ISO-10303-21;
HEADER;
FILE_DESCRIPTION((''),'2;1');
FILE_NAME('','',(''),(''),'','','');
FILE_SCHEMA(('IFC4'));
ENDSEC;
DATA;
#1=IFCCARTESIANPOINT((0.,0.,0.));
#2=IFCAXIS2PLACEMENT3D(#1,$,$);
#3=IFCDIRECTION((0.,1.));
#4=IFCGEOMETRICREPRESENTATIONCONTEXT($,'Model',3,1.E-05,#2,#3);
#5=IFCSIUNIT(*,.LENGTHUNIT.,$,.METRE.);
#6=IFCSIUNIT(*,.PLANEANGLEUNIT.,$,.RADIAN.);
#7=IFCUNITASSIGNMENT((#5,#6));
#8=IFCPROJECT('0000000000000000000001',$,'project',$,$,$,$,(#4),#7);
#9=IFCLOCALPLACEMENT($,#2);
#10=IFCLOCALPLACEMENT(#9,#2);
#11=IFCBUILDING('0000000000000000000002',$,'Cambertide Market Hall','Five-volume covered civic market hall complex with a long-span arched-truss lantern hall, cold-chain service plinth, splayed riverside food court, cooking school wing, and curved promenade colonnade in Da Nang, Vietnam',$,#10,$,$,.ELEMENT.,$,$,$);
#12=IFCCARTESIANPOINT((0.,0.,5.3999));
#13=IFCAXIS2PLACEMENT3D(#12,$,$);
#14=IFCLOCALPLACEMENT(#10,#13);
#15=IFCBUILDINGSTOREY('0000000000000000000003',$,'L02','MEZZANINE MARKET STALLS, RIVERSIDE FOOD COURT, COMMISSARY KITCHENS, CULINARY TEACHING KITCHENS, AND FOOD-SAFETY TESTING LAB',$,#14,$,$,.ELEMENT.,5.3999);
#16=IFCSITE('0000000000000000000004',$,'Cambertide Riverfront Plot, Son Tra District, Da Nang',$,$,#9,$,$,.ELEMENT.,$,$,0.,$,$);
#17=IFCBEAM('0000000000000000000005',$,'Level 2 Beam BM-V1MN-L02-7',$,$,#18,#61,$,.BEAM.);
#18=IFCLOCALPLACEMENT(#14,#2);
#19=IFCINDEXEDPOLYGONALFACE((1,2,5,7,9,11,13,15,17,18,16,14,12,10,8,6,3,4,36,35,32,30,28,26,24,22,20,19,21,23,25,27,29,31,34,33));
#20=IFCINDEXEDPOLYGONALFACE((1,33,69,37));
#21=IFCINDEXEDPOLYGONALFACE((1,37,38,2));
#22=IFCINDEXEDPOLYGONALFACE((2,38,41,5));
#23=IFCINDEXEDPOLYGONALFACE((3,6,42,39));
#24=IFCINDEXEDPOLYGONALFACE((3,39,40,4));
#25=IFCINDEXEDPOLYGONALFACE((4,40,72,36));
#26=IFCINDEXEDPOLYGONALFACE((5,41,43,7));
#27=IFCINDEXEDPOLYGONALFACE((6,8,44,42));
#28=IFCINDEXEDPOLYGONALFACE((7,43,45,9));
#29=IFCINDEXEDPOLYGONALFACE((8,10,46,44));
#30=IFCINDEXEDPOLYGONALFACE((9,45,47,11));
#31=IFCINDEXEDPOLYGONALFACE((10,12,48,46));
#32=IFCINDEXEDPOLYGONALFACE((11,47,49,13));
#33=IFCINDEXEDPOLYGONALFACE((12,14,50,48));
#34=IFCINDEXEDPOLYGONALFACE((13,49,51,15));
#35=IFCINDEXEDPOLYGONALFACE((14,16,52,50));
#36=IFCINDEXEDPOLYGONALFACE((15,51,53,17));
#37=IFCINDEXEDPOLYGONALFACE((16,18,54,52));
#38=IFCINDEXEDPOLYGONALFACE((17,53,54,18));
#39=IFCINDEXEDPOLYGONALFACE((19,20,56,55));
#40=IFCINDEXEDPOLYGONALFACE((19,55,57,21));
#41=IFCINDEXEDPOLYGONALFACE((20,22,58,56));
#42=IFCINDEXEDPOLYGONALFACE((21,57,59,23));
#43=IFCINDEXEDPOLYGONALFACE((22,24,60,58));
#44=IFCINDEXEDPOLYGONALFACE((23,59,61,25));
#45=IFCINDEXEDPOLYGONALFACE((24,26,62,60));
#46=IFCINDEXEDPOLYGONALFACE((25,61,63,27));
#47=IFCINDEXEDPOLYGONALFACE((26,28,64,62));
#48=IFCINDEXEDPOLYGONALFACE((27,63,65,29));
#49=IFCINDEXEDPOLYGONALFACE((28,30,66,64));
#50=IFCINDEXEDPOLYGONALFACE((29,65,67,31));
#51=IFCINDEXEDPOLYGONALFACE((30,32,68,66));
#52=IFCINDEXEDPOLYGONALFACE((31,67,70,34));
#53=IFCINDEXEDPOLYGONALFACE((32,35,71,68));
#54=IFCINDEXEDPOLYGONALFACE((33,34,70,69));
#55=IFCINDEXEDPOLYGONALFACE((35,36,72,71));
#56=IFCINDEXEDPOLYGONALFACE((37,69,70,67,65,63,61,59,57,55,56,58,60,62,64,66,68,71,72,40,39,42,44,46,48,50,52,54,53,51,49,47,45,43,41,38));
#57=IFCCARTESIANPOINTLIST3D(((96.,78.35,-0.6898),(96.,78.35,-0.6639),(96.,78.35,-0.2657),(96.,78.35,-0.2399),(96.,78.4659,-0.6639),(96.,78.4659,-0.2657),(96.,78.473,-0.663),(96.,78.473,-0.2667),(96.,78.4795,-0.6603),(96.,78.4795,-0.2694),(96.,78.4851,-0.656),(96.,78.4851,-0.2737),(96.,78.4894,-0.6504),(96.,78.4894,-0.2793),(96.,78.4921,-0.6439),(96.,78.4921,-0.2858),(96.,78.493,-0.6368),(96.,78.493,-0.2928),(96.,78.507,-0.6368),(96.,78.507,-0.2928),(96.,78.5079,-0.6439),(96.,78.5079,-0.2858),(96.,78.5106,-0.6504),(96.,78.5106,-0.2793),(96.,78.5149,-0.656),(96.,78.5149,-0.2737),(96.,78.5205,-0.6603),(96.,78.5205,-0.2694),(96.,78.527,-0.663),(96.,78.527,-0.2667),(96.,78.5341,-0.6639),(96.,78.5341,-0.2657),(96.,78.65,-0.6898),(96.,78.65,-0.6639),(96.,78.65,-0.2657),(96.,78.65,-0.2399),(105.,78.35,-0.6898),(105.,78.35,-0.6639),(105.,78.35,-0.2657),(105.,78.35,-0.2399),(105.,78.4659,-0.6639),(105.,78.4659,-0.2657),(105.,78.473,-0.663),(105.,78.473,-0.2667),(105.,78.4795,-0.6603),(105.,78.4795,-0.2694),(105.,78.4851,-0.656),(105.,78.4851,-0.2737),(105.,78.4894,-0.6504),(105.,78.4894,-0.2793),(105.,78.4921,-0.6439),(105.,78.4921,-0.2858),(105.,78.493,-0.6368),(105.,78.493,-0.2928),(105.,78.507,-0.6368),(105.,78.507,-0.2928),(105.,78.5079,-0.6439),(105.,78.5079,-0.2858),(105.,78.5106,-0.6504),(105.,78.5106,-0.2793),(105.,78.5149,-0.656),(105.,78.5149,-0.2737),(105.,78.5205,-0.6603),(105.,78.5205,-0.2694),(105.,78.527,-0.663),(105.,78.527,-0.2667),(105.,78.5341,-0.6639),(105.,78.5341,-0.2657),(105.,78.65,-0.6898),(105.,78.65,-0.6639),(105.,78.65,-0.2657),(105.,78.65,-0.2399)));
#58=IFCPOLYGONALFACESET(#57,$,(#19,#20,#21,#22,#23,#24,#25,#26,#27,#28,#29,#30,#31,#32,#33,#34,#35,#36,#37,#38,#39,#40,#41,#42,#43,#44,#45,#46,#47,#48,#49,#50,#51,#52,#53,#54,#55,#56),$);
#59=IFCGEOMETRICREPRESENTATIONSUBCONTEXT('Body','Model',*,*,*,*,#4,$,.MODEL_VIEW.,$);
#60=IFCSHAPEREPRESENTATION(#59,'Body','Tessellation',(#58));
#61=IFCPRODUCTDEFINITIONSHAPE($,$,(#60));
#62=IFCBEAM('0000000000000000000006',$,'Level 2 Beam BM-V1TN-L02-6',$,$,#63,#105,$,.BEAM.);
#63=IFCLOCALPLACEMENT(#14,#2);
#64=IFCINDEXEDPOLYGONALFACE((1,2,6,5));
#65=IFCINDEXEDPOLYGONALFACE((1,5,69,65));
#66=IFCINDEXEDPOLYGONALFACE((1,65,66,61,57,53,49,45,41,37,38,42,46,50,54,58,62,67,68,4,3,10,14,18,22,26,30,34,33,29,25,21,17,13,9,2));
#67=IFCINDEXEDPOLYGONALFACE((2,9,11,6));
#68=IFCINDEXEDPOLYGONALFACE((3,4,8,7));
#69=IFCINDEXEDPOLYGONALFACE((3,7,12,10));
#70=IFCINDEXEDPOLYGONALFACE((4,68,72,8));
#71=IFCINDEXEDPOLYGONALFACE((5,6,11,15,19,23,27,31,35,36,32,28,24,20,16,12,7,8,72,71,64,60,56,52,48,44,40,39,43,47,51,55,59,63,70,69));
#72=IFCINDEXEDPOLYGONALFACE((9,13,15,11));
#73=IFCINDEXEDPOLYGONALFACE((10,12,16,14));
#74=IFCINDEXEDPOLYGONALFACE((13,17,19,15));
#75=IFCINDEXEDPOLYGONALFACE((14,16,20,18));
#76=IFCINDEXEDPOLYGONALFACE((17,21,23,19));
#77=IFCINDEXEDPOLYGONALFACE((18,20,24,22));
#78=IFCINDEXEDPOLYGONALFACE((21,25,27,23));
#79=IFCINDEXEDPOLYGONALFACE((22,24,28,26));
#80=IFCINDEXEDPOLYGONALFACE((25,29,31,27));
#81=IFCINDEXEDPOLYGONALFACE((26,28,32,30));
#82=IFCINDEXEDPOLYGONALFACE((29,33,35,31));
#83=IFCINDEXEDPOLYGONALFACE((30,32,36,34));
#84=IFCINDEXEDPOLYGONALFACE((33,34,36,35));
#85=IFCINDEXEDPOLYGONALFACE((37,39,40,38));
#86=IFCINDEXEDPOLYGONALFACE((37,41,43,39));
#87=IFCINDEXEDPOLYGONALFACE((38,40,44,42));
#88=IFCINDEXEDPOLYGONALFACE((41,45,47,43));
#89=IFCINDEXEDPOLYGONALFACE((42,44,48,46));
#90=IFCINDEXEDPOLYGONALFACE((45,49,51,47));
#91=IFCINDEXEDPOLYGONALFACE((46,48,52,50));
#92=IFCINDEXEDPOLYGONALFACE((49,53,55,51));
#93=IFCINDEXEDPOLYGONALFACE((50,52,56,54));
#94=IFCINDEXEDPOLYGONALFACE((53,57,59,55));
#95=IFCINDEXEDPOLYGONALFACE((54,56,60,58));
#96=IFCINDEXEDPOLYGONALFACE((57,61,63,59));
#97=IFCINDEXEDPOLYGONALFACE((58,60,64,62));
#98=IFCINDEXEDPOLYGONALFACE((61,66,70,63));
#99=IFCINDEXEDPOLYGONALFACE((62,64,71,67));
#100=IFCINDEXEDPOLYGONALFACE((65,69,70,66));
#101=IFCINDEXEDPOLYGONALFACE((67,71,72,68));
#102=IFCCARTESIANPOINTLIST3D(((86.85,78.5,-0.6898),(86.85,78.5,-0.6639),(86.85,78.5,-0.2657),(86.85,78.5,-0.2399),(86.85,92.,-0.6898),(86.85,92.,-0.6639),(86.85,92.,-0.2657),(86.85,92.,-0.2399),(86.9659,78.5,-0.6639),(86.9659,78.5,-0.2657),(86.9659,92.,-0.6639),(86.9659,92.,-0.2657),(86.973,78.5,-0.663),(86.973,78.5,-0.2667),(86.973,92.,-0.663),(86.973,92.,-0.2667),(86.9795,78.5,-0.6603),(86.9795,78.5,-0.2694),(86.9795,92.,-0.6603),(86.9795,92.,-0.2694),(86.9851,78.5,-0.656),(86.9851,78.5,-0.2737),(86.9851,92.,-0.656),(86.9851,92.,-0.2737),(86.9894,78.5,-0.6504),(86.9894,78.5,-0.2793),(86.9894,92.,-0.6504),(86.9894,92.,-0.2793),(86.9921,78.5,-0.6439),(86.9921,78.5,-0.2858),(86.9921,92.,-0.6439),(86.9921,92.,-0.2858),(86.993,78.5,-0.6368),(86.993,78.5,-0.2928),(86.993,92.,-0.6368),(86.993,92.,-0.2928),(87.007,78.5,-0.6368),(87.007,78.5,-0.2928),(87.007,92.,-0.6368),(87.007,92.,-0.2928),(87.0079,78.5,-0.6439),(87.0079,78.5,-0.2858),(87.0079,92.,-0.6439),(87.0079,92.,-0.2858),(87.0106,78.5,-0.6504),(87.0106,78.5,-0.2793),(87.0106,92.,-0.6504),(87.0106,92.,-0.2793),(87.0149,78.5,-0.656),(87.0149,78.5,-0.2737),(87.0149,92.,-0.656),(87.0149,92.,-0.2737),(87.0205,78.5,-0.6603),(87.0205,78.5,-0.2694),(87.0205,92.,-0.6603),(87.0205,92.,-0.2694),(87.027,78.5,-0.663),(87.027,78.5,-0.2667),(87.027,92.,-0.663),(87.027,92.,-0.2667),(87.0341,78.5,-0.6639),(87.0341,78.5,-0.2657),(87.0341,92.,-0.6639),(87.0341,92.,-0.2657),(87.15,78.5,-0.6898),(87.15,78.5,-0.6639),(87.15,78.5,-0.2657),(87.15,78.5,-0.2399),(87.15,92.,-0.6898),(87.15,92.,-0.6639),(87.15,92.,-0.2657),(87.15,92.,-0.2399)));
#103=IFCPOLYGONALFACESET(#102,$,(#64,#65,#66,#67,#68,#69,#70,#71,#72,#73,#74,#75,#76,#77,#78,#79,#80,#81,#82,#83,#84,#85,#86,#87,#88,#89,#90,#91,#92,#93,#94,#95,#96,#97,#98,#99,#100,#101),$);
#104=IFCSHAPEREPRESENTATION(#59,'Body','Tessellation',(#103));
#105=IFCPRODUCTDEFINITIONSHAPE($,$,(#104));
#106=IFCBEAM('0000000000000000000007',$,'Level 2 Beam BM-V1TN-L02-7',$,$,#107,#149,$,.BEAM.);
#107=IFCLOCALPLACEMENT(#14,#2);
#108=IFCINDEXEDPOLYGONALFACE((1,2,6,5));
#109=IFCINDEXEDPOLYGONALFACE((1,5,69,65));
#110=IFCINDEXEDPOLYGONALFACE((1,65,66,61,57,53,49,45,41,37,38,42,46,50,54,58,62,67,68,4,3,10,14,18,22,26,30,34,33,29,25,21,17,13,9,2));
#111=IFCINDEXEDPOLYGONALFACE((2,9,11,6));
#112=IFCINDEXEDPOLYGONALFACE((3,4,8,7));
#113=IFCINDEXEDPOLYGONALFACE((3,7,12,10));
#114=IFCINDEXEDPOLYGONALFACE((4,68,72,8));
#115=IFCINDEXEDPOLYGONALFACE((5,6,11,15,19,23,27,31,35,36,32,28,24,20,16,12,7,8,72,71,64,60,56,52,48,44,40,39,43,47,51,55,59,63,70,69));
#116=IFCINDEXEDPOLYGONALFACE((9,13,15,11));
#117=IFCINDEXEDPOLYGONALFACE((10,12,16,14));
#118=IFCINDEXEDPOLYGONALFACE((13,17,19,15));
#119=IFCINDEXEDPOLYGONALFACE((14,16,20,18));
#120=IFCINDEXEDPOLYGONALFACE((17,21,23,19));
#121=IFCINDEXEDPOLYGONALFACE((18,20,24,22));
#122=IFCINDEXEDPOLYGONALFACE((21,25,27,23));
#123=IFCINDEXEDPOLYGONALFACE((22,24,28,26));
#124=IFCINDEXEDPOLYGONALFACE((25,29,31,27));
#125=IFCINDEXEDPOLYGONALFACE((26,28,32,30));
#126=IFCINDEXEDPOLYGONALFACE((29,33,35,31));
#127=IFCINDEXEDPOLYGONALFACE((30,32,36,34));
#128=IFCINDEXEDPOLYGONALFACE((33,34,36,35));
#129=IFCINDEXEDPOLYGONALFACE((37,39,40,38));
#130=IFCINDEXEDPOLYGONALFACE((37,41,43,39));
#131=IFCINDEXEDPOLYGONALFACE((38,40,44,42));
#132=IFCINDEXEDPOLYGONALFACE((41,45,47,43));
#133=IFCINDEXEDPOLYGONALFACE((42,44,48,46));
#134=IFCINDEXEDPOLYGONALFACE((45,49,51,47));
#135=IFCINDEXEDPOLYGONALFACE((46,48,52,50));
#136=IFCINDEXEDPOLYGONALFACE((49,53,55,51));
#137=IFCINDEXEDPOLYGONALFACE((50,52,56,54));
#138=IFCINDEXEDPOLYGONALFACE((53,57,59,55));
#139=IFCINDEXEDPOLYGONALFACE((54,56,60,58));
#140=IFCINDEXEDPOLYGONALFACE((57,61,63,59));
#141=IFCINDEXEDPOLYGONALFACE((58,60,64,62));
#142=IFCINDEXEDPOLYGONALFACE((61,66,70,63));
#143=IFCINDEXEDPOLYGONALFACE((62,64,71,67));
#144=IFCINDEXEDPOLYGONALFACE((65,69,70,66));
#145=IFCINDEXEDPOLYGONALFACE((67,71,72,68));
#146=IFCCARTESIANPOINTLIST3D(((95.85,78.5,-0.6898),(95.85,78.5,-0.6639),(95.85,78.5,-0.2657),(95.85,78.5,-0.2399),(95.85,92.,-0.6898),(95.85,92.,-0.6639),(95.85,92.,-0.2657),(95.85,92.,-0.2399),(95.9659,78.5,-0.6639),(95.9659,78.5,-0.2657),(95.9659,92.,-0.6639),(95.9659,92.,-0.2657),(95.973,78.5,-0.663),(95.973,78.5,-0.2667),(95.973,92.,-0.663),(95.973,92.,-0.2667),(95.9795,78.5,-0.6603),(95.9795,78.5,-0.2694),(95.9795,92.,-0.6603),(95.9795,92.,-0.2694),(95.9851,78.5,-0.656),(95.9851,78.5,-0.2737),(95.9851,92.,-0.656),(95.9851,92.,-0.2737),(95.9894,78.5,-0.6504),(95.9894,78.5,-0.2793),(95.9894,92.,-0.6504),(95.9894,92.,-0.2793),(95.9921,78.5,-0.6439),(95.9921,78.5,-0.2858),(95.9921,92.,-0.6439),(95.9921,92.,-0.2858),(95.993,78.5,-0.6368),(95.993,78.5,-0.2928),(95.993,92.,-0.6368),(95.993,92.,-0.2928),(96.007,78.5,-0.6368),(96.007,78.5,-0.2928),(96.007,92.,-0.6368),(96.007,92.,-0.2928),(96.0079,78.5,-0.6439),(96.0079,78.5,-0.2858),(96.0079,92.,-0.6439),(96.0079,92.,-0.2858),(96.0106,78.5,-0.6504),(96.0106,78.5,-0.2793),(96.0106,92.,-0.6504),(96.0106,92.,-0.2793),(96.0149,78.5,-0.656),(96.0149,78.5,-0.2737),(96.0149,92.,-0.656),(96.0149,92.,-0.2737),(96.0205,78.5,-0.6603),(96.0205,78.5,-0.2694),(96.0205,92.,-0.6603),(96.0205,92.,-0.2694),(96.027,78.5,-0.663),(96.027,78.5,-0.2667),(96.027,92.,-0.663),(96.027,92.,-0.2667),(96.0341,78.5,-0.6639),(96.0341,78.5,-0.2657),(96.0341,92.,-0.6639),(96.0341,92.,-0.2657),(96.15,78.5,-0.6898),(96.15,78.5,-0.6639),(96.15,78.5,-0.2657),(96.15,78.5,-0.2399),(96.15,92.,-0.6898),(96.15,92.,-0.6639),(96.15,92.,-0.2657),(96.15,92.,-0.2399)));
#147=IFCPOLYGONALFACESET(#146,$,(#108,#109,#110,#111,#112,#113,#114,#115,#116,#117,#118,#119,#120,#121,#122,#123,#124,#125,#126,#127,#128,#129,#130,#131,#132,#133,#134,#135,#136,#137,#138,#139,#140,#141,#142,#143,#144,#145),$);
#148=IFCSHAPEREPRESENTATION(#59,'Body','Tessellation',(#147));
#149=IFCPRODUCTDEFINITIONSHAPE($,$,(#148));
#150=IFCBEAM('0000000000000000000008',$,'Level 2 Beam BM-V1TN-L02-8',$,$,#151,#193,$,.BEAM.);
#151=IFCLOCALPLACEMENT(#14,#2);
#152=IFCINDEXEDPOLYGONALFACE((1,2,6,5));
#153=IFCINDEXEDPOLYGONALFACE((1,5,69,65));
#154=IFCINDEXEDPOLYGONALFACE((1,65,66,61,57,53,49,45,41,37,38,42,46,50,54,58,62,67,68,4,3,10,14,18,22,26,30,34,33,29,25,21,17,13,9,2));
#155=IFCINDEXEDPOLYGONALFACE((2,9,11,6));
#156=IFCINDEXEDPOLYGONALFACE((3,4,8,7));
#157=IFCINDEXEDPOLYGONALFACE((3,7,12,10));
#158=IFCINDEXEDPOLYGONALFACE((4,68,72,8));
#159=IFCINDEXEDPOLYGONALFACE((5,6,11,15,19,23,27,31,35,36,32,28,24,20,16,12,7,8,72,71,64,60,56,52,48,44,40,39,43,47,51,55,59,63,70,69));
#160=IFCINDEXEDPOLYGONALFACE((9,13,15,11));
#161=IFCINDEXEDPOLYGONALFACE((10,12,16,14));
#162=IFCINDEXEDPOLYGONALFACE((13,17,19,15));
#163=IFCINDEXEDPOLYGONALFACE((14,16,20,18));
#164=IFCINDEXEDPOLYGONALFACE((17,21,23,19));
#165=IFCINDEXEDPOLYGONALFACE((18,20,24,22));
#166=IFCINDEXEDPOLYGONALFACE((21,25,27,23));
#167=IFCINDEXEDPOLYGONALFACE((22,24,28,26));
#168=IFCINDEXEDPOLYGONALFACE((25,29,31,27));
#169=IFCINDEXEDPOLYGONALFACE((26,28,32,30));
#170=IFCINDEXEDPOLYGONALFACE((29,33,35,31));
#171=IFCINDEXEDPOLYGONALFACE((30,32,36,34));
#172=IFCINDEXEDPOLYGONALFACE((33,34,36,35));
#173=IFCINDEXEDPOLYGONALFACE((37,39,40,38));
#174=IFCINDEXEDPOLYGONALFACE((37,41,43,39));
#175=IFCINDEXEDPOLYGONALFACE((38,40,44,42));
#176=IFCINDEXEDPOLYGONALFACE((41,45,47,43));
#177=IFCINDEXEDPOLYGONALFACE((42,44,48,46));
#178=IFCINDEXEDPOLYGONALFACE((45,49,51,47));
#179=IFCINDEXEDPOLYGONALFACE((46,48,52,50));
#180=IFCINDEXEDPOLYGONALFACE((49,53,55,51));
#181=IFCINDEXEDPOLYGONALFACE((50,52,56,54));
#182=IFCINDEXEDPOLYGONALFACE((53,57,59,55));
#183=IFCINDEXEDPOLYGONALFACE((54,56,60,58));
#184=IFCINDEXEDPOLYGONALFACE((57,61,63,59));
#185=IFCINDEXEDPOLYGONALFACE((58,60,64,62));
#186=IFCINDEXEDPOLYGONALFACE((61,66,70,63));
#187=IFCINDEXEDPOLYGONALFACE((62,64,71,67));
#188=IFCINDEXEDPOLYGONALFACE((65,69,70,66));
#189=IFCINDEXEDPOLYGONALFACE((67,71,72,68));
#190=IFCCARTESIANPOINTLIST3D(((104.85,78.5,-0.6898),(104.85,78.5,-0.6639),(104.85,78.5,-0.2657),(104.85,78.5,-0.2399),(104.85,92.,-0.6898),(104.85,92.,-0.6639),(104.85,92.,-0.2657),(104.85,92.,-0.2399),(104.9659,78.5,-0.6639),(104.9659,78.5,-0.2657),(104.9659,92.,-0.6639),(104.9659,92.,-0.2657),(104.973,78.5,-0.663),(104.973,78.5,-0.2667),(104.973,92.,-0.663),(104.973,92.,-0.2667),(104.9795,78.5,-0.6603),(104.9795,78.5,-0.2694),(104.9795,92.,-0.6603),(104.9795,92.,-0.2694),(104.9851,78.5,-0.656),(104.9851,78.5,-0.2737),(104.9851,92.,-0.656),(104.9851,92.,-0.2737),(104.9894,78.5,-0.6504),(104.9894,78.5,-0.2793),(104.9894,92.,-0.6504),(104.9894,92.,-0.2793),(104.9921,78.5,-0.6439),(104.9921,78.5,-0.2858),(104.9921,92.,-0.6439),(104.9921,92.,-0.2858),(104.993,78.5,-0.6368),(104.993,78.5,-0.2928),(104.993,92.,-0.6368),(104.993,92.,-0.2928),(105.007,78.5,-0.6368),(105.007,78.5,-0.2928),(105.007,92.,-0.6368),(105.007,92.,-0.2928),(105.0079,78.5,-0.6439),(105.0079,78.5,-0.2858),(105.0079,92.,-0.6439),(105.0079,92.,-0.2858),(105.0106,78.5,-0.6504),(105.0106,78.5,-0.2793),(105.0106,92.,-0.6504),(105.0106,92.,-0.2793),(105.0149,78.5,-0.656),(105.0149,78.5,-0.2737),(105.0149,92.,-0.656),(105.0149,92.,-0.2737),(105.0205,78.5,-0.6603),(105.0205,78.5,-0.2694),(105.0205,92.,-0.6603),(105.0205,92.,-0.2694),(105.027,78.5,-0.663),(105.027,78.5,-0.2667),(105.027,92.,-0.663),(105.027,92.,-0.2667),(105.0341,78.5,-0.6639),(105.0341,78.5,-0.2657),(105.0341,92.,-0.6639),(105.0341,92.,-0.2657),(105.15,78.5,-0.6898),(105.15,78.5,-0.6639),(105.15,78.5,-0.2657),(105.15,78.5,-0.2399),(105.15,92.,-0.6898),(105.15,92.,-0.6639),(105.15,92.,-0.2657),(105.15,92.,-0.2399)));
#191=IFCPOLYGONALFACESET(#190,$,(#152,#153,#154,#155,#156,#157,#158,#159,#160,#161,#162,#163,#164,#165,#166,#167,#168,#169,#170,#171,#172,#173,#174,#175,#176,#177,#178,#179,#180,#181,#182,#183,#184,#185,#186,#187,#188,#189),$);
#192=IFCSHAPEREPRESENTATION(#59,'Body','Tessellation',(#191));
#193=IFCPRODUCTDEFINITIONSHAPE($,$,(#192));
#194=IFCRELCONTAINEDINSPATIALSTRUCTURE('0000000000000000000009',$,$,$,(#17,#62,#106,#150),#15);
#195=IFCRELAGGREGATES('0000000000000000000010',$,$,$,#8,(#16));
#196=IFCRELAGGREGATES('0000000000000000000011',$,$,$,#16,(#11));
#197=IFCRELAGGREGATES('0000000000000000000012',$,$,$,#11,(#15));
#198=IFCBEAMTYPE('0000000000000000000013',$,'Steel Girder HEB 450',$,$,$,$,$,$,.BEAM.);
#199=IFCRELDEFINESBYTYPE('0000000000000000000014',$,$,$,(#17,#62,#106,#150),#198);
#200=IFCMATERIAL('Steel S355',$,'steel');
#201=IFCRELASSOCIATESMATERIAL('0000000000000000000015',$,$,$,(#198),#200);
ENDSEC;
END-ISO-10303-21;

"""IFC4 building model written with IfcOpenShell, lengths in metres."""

from ifc_helpers import new_model, si_unit, direction, frame, origin, origin_2d, place, context, subcontext, project, spatial, i_section, extrude, material, material_profile, profile_set, type_object, element, save


model = new_model("IFC4")

# Units and contexts
model_context = context("Model", 3, precision=1e-05, world=origin(), true_north=direction((0.0, 1.0)))
body_context = subcontext(model_context, "Body", "Model", "MODEL_VIEW")
ifc_project = project(units=[si_unit("LENGTHUNIT", "METRE"), si_unit("PLANEANGLEUNIT", "RADIAN")], contexts=[model_context])

# Site, building, storey
site_placement = place(None, origin())
site = spatial("IfcSite", under=ifc_project, at=site_placement, Name="Cambertide Riverfront Plot, Son Tra District, Da Nang", CompositionType="ELEMENT", RefElevation=0.0)
building_placement = place(site_placement, origin())
building = spatial("IfcBuilding", under=site, at=building_placement, Name="Cambertide Market Hall", Description="Five-volume covered civic market hall complex with a long-span arched-truss lantern hall, cold-chain service plinth, splayed riverside food court, cooking school wing, and curved promenade colonnade in Da Nang, Vietnam", CompositionType="ELEMENT")
storey_placement = place(building_placement, frame((0.0, 0.0, 5.3999)))
storey = spatial("IfcBuildingStorey", under=building, at=storey_placement, Name="L02", Description="MEZZANINE MARKET STALLS, RIVERSIDE FOOD COURT, COMMISSARY KITCHENS, CULINARY TEACHING KITCHENS, AND FOOD-SAFETY TESTING LAB", CompositionType="ELEMENT", Elevation=5.3999)

# Beams
ifc_material_1 = material(Name="Steel S355", Category="steel")
ifc_material_profile_1 = material_profile(ifc_material_1, i_section(OverallWidth=0.3, OverallDepth=0.45, WebThickness=0.0139, FlangeThickness=0.0259, FilletRadius=0.0271, at=origin_2d()), Name="HEB 450")
ifc_profile_set_1 = profile_set([ifc_material_profile_1], Name="Steel S355")
beam_type_1 = type_object("IfcBeamType", Name="Steel Girder HEB 450", PredefinedType="BEAM", material=ifc_profile_set_1)
for number, where, z_axis, x_axis, name in (
    (1, (96.0, 78.5, -0.4648), (1.0, 0.0, 0.0), (0.0, 1.0, 0.0), "Level 2 Beam BM-V1MN-L02-7"),
):
    element("IfcBeam", number, at=place(storey_placement, frame(where, z_axis=z_axis, x_axis=x_axis)), inside=storey, type_object=beam_type_1, Name=name, PredefinedType="BEAM", context=body_context, shape_type="SweptSolid", body=[
        extrude(i_section(OverallWidth=0.3, OverallDepth=0.45, WebThickness=0.0139, FlangeThickness=0.0259, FilletRadius=0.0271, at=origin_2d()), origin(), (0.0, 0.0, 1.0), 9.0),
    ])
for number, where, z_axis, x_axis, name in (
    (2, (87.0, 78.5, -0.4648), (0.0, 1.0, 0.0), (-1.0, 0.0, 0.0), "Level 2 Beam BM-V1TN-L02-6"),
    (3, (96.0, 78.5, -0.4648), (0.0, 1.0, 0.0), (-1.0, 0.0, 0.0), "Level 2 Beam BM-V1TN-L02-7"),
    (4, (105.0, 78.5, -0.4648), (0.0, 1.0, 0.0), (-1.0, 0.0, 0.0), "Level 2 Beam BM-V1TN-L02-8"),
):
    element("IfcBeam", number, at=place(storey_placement, frame(where, z_axis=z_axis, x_axis=x_axis)), inside=storey, type_object=beam_type_1, Name=name, PredefinedType="BEAM", context=body_context, shape_type="SweptSolid", body=[
        extrude(i_section(OverallWidth=0.3, OverallDepth=0.45, WebThickness=0.0139, FlangeThickness=0.0259, FilletRadius=0.0271, at=origin_2d()), origin(), (0.0, 0.0, 1.0), 13.5),
    ])

save(model, "model.ifc")
